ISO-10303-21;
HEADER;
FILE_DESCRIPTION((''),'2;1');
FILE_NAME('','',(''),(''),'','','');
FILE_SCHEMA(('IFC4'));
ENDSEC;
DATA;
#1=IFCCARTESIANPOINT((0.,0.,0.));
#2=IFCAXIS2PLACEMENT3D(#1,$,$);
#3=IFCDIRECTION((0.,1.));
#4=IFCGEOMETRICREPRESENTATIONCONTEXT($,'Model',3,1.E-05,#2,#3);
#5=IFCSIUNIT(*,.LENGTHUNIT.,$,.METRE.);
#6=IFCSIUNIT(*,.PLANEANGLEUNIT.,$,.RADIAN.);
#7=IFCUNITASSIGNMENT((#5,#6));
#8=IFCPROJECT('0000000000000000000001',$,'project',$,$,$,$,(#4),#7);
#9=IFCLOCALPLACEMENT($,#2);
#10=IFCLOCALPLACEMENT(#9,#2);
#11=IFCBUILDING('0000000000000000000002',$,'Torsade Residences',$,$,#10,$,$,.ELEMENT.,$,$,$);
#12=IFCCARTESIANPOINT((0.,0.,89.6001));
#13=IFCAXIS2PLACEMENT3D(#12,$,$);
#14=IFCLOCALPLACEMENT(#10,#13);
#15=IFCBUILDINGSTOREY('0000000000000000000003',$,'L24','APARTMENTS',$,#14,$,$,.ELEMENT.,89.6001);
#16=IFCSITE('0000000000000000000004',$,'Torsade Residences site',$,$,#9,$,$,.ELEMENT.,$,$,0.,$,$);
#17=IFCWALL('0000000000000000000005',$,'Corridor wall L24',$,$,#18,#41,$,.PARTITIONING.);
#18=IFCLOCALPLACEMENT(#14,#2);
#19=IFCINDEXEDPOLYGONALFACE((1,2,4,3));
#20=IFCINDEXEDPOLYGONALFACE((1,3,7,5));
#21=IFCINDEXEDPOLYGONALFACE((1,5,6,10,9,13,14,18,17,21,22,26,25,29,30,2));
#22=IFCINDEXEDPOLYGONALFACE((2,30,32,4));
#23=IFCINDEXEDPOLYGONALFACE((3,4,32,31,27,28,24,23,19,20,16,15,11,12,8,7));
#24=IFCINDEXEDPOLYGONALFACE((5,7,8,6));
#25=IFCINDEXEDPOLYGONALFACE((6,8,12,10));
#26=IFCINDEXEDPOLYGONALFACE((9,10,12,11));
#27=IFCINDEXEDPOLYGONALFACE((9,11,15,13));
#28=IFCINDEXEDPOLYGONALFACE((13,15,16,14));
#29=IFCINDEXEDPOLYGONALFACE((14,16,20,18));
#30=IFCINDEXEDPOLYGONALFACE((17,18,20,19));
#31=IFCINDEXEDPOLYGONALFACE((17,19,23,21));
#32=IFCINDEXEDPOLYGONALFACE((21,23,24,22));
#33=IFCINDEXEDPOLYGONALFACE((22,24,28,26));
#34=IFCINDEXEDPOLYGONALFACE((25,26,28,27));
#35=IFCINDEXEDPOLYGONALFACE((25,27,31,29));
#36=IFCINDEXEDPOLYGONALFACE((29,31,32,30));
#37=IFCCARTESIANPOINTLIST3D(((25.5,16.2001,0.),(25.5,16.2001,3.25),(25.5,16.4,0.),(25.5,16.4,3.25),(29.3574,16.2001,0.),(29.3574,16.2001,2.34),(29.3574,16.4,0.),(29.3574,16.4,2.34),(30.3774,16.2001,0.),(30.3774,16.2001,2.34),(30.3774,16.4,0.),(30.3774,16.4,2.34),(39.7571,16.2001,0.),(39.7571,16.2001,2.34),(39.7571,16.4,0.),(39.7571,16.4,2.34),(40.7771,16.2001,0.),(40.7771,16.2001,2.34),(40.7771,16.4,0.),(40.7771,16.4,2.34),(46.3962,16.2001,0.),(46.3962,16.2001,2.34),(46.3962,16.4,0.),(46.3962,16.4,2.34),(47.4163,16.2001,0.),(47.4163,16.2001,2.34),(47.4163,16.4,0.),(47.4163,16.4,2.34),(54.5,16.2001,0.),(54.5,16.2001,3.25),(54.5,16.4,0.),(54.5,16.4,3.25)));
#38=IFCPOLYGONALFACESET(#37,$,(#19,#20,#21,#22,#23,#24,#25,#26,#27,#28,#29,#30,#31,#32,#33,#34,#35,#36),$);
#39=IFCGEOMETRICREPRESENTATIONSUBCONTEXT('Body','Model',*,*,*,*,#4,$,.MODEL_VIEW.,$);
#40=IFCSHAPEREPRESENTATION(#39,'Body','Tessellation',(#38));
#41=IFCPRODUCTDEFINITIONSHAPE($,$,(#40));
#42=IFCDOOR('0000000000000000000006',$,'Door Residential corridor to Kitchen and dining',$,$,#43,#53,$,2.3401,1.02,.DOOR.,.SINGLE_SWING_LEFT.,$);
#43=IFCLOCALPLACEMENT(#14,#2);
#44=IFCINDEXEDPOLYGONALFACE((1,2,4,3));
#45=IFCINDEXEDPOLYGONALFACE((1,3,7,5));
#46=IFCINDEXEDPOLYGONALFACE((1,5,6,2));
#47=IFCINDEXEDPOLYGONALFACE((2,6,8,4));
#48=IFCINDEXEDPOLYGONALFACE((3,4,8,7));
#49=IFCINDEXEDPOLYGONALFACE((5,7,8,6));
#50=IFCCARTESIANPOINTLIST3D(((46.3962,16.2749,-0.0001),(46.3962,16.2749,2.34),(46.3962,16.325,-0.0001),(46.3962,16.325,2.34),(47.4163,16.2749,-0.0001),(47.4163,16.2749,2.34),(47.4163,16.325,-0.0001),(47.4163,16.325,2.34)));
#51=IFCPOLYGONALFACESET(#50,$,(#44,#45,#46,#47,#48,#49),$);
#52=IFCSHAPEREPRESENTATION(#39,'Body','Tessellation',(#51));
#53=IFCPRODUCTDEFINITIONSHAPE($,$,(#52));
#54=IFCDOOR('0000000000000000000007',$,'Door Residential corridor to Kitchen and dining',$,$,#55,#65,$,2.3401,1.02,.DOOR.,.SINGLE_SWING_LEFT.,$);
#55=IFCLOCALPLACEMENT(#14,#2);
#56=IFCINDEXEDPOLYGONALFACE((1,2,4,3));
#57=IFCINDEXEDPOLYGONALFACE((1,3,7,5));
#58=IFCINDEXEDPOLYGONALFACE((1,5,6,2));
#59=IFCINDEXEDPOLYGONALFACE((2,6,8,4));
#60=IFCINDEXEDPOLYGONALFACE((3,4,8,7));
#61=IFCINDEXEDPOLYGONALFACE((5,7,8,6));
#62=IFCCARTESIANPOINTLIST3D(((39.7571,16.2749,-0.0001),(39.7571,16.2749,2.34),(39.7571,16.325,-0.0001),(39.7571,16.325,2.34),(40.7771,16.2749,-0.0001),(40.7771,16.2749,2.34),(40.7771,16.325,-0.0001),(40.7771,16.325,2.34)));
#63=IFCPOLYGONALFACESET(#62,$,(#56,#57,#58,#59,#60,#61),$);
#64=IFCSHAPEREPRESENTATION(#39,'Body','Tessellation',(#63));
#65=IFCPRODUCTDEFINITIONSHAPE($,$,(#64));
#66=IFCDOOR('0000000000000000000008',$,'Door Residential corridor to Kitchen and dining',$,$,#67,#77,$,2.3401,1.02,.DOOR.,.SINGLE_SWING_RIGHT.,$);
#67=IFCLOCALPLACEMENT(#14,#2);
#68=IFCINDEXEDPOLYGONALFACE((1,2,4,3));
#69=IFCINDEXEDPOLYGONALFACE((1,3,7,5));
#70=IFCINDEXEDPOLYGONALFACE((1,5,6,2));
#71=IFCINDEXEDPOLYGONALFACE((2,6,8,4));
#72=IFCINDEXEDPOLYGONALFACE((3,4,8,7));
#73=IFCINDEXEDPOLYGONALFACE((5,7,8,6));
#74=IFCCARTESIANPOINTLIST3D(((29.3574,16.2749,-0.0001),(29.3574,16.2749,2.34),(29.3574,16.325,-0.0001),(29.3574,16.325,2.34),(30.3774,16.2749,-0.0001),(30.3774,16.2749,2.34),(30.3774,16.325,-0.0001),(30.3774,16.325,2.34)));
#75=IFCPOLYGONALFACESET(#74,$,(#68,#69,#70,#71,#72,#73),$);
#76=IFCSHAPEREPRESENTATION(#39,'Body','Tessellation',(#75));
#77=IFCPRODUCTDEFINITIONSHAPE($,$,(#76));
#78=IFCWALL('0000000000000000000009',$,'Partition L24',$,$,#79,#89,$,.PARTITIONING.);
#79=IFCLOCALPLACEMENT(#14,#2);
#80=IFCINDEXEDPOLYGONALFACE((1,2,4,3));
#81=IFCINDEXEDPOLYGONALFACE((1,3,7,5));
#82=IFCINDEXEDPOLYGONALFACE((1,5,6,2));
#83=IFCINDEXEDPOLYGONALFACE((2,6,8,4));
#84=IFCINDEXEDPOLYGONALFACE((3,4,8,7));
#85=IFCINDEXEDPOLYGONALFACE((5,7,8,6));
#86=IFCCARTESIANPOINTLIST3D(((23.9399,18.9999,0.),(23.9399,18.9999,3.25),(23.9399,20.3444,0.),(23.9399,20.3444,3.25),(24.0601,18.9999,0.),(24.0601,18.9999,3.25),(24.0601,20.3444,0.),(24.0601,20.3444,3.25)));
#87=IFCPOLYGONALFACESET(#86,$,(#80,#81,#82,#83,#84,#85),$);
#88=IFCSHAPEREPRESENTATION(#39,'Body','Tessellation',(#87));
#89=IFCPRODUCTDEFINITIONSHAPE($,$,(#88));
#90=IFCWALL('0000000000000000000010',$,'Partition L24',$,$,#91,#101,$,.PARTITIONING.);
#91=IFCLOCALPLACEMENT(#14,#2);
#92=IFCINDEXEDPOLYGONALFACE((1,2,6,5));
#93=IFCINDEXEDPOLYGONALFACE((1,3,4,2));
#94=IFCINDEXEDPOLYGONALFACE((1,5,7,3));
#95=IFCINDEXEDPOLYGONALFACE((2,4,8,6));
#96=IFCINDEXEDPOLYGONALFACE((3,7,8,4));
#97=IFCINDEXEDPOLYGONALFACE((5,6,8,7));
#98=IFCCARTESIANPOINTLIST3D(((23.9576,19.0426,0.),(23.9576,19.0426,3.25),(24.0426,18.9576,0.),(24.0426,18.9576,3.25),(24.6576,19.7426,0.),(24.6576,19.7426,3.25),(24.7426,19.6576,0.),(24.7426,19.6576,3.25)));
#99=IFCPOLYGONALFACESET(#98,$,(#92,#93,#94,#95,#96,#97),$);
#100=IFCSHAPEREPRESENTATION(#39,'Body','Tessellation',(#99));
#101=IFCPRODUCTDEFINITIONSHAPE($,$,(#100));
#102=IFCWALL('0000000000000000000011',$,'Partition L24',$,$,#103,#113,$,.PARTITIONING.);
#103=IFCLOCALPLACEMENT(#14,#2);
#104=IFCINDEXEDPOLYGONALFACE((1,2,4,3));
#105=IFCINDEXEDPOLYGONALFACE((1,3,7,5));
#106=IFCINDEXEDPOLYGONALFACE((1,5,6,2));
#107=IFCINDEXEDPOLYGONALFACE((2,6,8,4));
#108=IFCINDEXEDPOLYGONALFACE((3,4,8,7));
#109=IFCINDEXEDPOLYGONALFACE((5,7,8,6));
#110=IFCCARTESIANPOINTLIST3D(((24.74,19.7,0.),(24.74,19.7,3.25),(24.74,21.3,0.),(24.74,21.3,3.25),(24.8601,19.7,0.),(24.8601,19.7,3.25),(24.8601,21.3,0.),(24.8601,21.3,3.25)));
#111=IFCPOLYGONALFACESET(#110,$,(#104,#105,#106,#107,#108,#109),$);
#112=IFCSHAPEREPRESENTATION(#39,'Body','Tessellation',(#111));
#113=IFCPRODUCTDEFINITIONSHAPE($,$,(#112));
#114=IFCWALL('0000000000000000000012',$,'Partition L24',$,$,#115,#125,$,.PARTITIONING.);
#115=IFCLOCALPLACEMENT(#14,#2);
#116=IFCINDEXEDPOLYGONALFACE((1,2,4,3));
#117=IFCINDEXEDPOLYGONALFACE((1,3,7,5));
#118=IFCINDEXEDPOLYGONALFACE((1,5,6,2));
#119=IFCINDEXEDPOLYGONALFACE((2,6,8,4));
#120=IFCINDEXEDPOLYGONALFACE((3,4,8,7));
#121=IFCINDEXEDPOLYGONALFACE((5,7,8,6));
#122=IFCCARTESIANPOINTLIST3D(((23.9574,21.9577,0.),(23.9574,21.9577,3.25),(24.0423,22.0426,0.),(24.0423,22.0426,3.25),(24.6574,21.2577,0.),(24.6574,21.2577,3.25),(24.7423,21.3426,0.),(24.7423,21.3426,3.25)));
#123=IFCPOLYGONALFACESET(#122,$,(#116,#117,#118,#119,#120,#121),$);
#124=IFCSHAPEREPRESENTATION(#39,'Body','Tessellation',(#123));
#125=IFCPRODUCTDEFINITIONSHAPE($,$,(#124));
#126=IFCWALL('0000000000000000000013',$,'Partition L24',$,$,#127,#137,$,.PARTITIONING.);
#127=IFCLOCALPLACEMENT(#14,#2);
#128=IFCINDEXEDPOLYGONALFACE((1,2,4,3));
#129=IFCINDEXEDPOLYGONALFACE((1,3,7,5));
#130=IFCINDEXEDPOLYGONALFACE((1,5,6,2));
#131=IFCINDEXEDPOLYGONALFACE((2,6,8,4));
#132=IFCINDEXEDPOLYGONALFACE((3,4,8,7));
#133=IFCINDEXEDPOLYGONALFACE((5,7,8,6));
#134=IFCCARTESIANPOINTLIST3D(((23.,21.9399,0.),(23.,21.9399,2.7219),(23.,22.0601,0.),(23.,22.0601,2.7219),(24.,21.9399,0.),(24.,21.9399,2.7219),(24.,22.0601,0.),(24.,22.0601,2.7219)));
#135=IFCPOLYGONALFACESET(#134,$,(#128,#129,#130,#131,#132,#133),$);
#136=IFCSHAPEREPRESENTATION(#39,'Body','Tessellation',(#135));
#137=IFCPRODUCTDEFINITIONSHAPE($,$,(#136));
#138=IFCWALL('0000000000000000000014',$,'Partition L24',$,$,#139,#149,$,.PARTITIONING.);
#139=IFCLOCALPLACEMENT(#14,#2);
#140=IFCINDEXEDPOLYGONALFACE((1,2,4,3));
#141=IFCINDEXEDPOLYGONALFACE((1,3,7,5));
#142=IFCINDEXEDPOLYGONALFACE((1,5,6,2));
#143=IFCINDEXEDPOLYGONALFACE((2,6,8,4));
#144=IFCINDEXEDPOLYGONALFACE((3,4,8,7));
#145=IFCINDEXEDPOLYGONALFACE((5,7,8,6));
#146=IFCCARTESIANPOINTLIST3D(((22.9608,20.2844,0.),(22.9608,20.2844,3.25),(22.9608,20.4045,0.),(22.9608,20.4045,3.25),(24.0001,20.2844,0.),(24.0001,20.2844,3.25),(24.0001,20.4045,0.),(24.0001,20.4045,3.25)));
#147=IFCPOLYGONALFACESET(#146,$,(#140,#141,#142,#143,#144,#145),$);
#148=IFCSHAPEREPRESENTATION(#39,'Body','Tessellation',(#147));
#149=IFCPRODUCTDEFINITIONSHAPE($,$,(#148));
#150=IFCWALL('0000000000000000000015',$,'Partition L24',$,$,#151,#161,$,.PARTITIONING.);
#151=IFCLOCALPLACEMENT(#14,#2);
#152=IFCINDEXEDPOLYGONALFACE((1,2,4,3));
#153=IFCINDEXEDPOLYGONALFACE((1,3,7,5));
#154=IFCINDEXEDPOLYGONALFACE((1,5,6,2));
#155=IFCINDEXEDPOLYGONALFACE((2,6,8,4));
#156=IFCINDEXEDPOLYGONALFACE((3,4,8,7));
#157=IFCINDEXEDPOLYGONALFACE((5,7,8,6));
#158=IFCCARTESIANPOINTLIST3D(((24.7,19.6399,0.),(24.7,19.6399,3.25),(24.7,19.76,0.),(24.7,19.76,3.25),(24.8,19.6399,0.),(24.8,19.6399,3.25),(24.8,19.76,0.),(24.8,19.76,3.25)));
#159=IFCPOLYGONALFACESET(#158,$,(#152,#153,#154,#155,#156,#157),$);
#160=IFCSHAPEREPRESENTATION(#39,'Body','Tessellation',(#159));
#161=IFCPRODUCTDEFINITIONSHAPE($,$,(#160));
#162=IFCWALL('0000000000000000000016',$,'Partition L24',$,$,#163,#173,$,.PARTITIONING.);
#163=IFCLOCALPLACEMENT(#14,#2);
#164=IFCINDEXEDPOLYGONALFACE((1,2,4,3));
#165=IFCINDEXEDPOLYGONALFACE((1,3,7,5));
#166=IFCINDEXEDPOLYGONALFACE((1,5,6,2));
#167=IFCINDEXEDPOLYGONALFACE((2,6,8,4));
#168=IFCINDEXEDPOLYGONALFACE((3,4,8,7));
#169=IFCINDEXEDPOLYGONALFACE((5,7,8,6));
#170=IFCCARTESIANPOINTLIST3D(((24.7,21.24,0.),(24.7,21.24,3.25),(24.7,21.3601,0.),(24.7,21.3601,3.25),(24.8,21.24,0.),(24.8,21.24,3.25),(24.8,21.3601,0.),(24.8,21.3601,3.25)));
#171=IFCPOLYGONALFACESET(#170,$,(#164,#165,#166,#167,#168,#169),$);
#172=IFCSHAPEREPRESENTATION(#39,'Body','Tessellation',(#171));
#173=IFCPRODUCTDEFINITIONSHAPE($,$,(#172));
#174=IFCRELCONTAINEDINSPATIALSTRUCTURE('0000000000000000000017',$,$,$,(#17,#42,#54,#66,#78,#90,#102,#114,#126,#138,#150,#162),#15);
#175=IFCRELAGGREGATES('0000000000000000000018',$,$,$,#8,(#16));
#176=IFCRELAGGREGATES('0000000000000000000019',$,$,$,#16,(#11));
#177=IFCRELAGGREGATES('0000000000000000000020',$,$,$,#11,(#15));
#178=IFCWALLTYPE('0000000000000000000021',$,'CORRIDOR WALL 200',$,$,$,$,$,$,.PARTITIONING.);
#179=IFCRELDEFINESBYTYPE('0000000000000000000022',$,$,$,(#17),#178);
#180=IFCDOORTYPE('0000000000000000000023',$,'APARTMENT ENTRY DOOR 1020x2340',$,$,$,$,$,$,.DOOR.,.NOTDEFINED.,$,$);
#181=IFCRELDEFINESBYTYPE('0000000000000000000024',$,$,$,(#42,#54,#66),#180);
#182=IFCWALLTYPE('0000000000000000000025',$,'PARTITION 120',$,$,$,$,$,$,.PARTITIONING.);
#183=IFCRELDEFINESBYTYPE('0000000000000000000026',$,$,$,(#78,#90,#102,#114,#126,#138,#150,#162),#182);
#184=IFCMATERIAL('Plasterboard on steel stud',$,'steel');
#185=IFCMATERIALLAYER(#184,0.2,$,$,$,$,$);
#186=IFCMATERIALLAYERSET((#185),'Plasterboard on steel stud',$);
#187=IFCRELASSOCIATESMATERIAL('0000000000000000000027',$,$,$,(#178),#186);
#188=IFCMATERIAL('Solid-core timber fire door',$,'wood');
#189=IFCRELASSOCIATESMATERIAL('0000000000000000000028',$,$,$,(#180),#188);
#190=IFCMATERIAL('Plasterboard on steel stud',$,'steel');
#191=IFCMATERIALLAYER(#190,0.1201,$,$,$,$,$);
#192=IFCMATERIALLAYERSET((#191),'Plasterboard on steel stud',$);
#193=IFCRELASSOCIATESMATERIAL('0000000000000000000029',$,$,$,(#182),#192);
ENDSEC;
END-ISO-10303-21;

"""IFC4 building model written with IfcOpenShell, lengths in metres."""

from ifc_helpers import new_model, si_unit, direction, frame, frame_2d, origin, place, context, subcontext, project, spatial, rectangle, extrude, material, layer, layer_set, type_object, element, fill, save


model = new_model("IFC4")

# Units and contexts
model_context = context("Model", 3, precision=1e-05, world=origin(), true_north=direction((0.0, 1.0)))
body_context = subcontext(model_context, "Body", "Model", "MODEL_VIEW")
ifc_project = project(units=[si_unit("LENGTHUNIT", "METRE"), si_unit("PLANEANGLEUNIT", "RADIAN")], contexts=[model_context])

# Site, building, storey
site_placement = place(None, origin())
site = spatial("IfcSite", under=ifc_project, at=site_placement, Name="Torsade Residences site", CompositionType="ELEMENT", RefElevation=0.0)
building_placement = place(site_placement, origin())
building = spatial("IfcBuilding", under=site, at=building_placement, Name="Torsade Residences", CompositionType="ELEMENT")
storey_placement = place(building_placement, frame((0.0, 0.0, 89.6001)))
storey = spatial("IfcBuildingStorey", under=building, at=storey_placement, Name="L24", Description="APARTMENTS", CompositionType="ELEMENT", Elevation=89.6001)

# Wall, openings, doors
ifc_material_1 = material(Name="Plasterboard on steel stud", Category="steel")
ifc_layer_1 = layer(ifc_material_1, 0.2)
ifc_layer_set_1 = layer_set([ifc_layer_1], Name="Plasterboard on steel stud")
wall_type_1 = type_object("IfcWallType", Name="CORRIDOR WALL 200", PredefinedType="PARTITIONING", material=ifc_layer_set_1)
wall_1_placement = place(storey_placement, frame((25.5, 16.3, 0.0), z_axis=(0.0, 0.0, 1.0), x_axis=(1.0, 0.0, 0.0)))
wall_1 = element("IfcWall", 1, at=wall_1_placement, inside=storey, type_object=wall_type_1, Name="Corridor wall L24", PredefinedType="PARTITIONING", context=body_context, shape_type="SweptSolid", body=[
    extrude(rectangle(XDim=29.0, YDim=0.2, at=frame_2d((14.5, 0.0))), origin(), (0.0, 0.0, 1.0), 3.25),
])
opening_1_placement = place(wall_1_placement, frame((20.8962, 0.0, 0.0)))
opening_1 = element("IfcOpeningElement", 2, at=opening_1_placement, cuts=wall_1, PredefinedType="OPENING", context=body_context, shape_type="SweptSolid", body=[
    extrude(rectangle(XDim=1.02, YDim=2.3401, at=frame_2d((0.51, 1.1699))), frame((0.0, 0.1099, 0.0), z_axis=(0.0, -1.0, 0.0), x_axis=(1.0, 0.0, 0.0)), (0.0, 0.0, 1.0), 0.22),
])
opening_2_placement = place(wall_1_placement, frame((14.2571, 0.0, 0.0)))
opening_2 = element("IfcOpeningElement", 3, at=opening_2_placement, cuts=wall_1, PredefinedType="OPENING", context=body_context, shape_type="SweptSolid", body=[
    extrude(rectangle(XDim=1.02, YDim=2.3401, at=frame_2d((0.51, 1.1699))), frame((0.0, 0.1099, 0.0), z_axis=(0.0, -1.0, 0.0), x_axis=(1.0, 0.0, 0.0)), (0.0, 0.0, 1.0), 0.22),
])
opening_3_placement = place(wall_1_placement, frame((3.8574, 0.0, 0.0)))
opening_3 = element("IfcOpeningElement", 4, at=opening_3_placement, cuts=wall_1, PredefinedType="OPENING", context=body_context, shape_type="SweptSolid", body=[
    extrude(rectangle(XDim=1.02, YDim=2.3401, at=frame_2d((0.51, 1.1699))), frame((0.0, 0.1099, 0.0), z_axis=(0.0, -1.0, 0.0), x_axis=(1.0, 0.0, 0.0)), (0.0, 0.0, 1.0), 0.22),
])
ifc_material_2 = material(Name="Solid-core timber fire door", Category="wood")
door_type = type_object("IfcDoorType", Name="APARTMENT ENTRY DOOR 1020x2340", OperationType="NOTDEFINED", PredefinedType="DOOR", material=ifc_material_2)
door_1_placement = place(opening_1_placement, origin())
door_1 = element("IfcDoor", 5, at=door_1_placement, inside=storey, type_object=door_type, Name="Door Residential corridor to Kitchen and dining", OperationType="SINGLE_SWING_LEFT", OverallHeight=2.3401, OverallWidth=1.02, PredefinedType="DOOR", context=body_context, shape_type="SweptSolid", body=[
    extrude(rectangle(XDim=1.02, YDim=2.3401, at=frame_2d((0.51, 1.1699))), frame((0.0, 0.0249, 0.0), z_axis=(0.0, -1.0, 0.0), x_axis=(1.0, 0.0, 0.0)), (0.0, 0.0, 1.0), 0.05),
])
fill(opening_1, door_1)
door_2_placement = place(opening_2_placement, origin())
door_2 = element("IfcDoor", 6, at=door_2_placement, inside=storey, type_object=door_type, Name="Door Residential corridor to Kitchen and dining", OperationType="SINGLE_SWING_LEFT", OverallHeight=2.3401, OverallWidth=1.02, PredefinedType="DOOR", context=body_context, shape_type="SweptSolid", body=[
    extrude(rectangle(XDim=1.02, YDim=2.3401, at=frame_2d((0.51, 1.1699))), frame((0.0, 0.0249, 0.0), z_axis=(0.0, -1.0, 0.0), x_axis=(1.0, 0.0, 0.0)), (0.0, 0.0, 1.0), 0.05),
])
fill(opening_2, door_2)
door_3_placement = place(opening_3_placement, origin())
door_3 = element("IfcDoor", 7, at=door_3_placement, inside=storey, type_object=door_type, Name="Door Residential corridor to Kitchen and dining", OperationType="SINGLE_SWING_RIGHT", OverallHeight=2.3401, OverallWidth=1.02, PredefinedType="DOOR", context=body_context, shape_type="SweptSolid", body=[
    extrude(rectangle(XDim=1.02, YDim=2.3401, at=frame_2d((0.51, 1.1699))), frame((0.0, 0.0249, 0.0), z_axis=(0.0, -1.0, 0.0), x_axis=(1.0, 0.0, 0.0)), (0.0, 0.0, 1.0), 0.05),
])
fill(opening_3, door_3)

# Walls
ifc_material_3 = material(Name="Plasterboard on steel stud", Category="steel")
ifc_layer_2 = layer(ifc_material_3, 0.1201)
ifc_layer_set_2 = layer_set([ifc_layer_2], Name="Plasterboard on steel stud")
wall_type_2 = type_object("IfcWallType", Name="PARTITION 120", PredefinedType="PARTITIONING", material=ifc_layer_set_2)
wall_2_placement = place(storey_placement, frame((24.0, 20.3445, 0.0), z_axis=(0.0, 0.0, 1.0), x_axis=(0.0, -1.0, 0.0)))
element("IfcWall", 8, at=wall_2_placement, inside=storey, type_object=wall_type_2, Name="Partition L24", PredefinedType="PARTITIONING", context=body_context, shape_type="SweptSolid", body=[
    extrude(rectangle(XDim=1.3445, YDim=0.1201, at=frame_2d((0.6724, 0.0))), origin(), (0.0, 0.0, 1.0), 3.25),
])
wall_3_placement = place(storey_placement, frame((24.0, 19.0, 0.0), z_axis=(0.0, 0.0, 1.0), x_axis=(0.707107, 0.707107, 0.0)))
element("IfcWall", 9, at=wall_3_placement, inside=storey, type_object=wall_type_2, Name="Partition L24", PredefinedType="PARTITIONING", context=body_context, shape_type="SweptSolid", body=[
    extrude(rectangle(XDim=0.99, YDim=0.1201, at=frame_2d((0.4951, 0.0))), origin(), (0.0, 0.0, 1.0), 3.25),
])
wall_4_placement = place(storey_placement, frame((24.8, 19.7, 0.0), z_axis=(0.0, 0.0, 1.0), x_axis=(0.0, 1.0, 0.0)))
element("IfcWall", 10, at=wall_4_placement, inside=storey, type_object=wall_type_2, Name="Partition L24", PredefinedType="PARTITIONING", context=body_context, shape_type="SweptSolid", body=[
    extrude(rectangle(XDim=1.6001, YDim=0.1201, at=frame_2d((0.8, 0.0))), origin(), (0.0, 0.0, 1.0), 3.25),
])
wall_5_placement = place(storey_placement, frame((24.7, 21.3, 0.0), z_axis=(0.0, 0.0, 1.0), x_axis=(-0.707107, 0.707107, 0.0)))
element("IfcWall", 11, at=wall_5_placement, inside=storey, type_object=wall_type_2, Name="Partition L24", PredefinedType="PARTITIONING", context=body_context, shape_type="SweptSolid", body=[
    extrude(rectangle(XDim=0.99, YDim=0.1201, at=frame_2d((0.4951, 0.0))), origin(), (0.0, 0.0, 1.0), 3.25),
])
wall_6_placement = place(storey_placement, frame((24.0, 22.0, 0.0), z_axis=(0.0, 0.0, 1.0), x_axis=(-1.0, 0.0, 0.0)))
element("IfcWall", 12, at=wall_6_placement, inside=storey, type_object=wall_type_2, Name="Partition L24", PredefinedType="PARTITIONING", context=body_context, shape_type="SweptSolid", body=[
    extrude(rectangle(XDim=1.0, YDim=0.1201, at=frame_2d((0.5, 0.0))), origin(), (0.0, 0.0, 1.0), 2.7219),
])
wall_7_placement = place(storey_placement, frame((24.0, 20.3445, 0.0), z_axis=(0.0, 0.0, 1.0), x_axis=(-1.0, 0.0, 0.0)))
element("IfcWall", 13, at=wall_7_placement, inside=storey, type_object=wall_type_2, Name="Partition L24", PredefinedType="PARTITIONING", context=body_context, shape_type="SweptSolid", body=[
    extrude(rectangle(XDim=1.0393, YDim=0.1201, at=frame_2d((0.5195, 0.0))), origin(), (0.0, 0.0, 1.0), 3.25),
])
for number, where, z_axis, x_axis, name in (
    (14, (24.8, 19.7, 0.0), (0.0, 0.0, 1.0), (-1.0, 0.0, 0.0), "Partition L24"),
    (15, (24.8, 21.3, 0.0), (0.0, 0.0, 1.0), (-1.0, 0.0, 0.0), "Partition L24"),
):
    element("IfcWall", number, at=place(storey_placement, frame(where, z_axis=z_axis, x_axis=x_axis)), inside=storey, type_object=wall_type_2, Name=name, PredefinedType="PARTITIONING", context=body_context, shape_type="SweptSolid", body=[
        extrude(rectangle(XDim=0.1001, YDim=0.1201, at=frame_2d((0.05, 0.0))), origin(), (0.0, 0.0, 1.0), 3.25),
    ])

save(model, "model.ifc")
